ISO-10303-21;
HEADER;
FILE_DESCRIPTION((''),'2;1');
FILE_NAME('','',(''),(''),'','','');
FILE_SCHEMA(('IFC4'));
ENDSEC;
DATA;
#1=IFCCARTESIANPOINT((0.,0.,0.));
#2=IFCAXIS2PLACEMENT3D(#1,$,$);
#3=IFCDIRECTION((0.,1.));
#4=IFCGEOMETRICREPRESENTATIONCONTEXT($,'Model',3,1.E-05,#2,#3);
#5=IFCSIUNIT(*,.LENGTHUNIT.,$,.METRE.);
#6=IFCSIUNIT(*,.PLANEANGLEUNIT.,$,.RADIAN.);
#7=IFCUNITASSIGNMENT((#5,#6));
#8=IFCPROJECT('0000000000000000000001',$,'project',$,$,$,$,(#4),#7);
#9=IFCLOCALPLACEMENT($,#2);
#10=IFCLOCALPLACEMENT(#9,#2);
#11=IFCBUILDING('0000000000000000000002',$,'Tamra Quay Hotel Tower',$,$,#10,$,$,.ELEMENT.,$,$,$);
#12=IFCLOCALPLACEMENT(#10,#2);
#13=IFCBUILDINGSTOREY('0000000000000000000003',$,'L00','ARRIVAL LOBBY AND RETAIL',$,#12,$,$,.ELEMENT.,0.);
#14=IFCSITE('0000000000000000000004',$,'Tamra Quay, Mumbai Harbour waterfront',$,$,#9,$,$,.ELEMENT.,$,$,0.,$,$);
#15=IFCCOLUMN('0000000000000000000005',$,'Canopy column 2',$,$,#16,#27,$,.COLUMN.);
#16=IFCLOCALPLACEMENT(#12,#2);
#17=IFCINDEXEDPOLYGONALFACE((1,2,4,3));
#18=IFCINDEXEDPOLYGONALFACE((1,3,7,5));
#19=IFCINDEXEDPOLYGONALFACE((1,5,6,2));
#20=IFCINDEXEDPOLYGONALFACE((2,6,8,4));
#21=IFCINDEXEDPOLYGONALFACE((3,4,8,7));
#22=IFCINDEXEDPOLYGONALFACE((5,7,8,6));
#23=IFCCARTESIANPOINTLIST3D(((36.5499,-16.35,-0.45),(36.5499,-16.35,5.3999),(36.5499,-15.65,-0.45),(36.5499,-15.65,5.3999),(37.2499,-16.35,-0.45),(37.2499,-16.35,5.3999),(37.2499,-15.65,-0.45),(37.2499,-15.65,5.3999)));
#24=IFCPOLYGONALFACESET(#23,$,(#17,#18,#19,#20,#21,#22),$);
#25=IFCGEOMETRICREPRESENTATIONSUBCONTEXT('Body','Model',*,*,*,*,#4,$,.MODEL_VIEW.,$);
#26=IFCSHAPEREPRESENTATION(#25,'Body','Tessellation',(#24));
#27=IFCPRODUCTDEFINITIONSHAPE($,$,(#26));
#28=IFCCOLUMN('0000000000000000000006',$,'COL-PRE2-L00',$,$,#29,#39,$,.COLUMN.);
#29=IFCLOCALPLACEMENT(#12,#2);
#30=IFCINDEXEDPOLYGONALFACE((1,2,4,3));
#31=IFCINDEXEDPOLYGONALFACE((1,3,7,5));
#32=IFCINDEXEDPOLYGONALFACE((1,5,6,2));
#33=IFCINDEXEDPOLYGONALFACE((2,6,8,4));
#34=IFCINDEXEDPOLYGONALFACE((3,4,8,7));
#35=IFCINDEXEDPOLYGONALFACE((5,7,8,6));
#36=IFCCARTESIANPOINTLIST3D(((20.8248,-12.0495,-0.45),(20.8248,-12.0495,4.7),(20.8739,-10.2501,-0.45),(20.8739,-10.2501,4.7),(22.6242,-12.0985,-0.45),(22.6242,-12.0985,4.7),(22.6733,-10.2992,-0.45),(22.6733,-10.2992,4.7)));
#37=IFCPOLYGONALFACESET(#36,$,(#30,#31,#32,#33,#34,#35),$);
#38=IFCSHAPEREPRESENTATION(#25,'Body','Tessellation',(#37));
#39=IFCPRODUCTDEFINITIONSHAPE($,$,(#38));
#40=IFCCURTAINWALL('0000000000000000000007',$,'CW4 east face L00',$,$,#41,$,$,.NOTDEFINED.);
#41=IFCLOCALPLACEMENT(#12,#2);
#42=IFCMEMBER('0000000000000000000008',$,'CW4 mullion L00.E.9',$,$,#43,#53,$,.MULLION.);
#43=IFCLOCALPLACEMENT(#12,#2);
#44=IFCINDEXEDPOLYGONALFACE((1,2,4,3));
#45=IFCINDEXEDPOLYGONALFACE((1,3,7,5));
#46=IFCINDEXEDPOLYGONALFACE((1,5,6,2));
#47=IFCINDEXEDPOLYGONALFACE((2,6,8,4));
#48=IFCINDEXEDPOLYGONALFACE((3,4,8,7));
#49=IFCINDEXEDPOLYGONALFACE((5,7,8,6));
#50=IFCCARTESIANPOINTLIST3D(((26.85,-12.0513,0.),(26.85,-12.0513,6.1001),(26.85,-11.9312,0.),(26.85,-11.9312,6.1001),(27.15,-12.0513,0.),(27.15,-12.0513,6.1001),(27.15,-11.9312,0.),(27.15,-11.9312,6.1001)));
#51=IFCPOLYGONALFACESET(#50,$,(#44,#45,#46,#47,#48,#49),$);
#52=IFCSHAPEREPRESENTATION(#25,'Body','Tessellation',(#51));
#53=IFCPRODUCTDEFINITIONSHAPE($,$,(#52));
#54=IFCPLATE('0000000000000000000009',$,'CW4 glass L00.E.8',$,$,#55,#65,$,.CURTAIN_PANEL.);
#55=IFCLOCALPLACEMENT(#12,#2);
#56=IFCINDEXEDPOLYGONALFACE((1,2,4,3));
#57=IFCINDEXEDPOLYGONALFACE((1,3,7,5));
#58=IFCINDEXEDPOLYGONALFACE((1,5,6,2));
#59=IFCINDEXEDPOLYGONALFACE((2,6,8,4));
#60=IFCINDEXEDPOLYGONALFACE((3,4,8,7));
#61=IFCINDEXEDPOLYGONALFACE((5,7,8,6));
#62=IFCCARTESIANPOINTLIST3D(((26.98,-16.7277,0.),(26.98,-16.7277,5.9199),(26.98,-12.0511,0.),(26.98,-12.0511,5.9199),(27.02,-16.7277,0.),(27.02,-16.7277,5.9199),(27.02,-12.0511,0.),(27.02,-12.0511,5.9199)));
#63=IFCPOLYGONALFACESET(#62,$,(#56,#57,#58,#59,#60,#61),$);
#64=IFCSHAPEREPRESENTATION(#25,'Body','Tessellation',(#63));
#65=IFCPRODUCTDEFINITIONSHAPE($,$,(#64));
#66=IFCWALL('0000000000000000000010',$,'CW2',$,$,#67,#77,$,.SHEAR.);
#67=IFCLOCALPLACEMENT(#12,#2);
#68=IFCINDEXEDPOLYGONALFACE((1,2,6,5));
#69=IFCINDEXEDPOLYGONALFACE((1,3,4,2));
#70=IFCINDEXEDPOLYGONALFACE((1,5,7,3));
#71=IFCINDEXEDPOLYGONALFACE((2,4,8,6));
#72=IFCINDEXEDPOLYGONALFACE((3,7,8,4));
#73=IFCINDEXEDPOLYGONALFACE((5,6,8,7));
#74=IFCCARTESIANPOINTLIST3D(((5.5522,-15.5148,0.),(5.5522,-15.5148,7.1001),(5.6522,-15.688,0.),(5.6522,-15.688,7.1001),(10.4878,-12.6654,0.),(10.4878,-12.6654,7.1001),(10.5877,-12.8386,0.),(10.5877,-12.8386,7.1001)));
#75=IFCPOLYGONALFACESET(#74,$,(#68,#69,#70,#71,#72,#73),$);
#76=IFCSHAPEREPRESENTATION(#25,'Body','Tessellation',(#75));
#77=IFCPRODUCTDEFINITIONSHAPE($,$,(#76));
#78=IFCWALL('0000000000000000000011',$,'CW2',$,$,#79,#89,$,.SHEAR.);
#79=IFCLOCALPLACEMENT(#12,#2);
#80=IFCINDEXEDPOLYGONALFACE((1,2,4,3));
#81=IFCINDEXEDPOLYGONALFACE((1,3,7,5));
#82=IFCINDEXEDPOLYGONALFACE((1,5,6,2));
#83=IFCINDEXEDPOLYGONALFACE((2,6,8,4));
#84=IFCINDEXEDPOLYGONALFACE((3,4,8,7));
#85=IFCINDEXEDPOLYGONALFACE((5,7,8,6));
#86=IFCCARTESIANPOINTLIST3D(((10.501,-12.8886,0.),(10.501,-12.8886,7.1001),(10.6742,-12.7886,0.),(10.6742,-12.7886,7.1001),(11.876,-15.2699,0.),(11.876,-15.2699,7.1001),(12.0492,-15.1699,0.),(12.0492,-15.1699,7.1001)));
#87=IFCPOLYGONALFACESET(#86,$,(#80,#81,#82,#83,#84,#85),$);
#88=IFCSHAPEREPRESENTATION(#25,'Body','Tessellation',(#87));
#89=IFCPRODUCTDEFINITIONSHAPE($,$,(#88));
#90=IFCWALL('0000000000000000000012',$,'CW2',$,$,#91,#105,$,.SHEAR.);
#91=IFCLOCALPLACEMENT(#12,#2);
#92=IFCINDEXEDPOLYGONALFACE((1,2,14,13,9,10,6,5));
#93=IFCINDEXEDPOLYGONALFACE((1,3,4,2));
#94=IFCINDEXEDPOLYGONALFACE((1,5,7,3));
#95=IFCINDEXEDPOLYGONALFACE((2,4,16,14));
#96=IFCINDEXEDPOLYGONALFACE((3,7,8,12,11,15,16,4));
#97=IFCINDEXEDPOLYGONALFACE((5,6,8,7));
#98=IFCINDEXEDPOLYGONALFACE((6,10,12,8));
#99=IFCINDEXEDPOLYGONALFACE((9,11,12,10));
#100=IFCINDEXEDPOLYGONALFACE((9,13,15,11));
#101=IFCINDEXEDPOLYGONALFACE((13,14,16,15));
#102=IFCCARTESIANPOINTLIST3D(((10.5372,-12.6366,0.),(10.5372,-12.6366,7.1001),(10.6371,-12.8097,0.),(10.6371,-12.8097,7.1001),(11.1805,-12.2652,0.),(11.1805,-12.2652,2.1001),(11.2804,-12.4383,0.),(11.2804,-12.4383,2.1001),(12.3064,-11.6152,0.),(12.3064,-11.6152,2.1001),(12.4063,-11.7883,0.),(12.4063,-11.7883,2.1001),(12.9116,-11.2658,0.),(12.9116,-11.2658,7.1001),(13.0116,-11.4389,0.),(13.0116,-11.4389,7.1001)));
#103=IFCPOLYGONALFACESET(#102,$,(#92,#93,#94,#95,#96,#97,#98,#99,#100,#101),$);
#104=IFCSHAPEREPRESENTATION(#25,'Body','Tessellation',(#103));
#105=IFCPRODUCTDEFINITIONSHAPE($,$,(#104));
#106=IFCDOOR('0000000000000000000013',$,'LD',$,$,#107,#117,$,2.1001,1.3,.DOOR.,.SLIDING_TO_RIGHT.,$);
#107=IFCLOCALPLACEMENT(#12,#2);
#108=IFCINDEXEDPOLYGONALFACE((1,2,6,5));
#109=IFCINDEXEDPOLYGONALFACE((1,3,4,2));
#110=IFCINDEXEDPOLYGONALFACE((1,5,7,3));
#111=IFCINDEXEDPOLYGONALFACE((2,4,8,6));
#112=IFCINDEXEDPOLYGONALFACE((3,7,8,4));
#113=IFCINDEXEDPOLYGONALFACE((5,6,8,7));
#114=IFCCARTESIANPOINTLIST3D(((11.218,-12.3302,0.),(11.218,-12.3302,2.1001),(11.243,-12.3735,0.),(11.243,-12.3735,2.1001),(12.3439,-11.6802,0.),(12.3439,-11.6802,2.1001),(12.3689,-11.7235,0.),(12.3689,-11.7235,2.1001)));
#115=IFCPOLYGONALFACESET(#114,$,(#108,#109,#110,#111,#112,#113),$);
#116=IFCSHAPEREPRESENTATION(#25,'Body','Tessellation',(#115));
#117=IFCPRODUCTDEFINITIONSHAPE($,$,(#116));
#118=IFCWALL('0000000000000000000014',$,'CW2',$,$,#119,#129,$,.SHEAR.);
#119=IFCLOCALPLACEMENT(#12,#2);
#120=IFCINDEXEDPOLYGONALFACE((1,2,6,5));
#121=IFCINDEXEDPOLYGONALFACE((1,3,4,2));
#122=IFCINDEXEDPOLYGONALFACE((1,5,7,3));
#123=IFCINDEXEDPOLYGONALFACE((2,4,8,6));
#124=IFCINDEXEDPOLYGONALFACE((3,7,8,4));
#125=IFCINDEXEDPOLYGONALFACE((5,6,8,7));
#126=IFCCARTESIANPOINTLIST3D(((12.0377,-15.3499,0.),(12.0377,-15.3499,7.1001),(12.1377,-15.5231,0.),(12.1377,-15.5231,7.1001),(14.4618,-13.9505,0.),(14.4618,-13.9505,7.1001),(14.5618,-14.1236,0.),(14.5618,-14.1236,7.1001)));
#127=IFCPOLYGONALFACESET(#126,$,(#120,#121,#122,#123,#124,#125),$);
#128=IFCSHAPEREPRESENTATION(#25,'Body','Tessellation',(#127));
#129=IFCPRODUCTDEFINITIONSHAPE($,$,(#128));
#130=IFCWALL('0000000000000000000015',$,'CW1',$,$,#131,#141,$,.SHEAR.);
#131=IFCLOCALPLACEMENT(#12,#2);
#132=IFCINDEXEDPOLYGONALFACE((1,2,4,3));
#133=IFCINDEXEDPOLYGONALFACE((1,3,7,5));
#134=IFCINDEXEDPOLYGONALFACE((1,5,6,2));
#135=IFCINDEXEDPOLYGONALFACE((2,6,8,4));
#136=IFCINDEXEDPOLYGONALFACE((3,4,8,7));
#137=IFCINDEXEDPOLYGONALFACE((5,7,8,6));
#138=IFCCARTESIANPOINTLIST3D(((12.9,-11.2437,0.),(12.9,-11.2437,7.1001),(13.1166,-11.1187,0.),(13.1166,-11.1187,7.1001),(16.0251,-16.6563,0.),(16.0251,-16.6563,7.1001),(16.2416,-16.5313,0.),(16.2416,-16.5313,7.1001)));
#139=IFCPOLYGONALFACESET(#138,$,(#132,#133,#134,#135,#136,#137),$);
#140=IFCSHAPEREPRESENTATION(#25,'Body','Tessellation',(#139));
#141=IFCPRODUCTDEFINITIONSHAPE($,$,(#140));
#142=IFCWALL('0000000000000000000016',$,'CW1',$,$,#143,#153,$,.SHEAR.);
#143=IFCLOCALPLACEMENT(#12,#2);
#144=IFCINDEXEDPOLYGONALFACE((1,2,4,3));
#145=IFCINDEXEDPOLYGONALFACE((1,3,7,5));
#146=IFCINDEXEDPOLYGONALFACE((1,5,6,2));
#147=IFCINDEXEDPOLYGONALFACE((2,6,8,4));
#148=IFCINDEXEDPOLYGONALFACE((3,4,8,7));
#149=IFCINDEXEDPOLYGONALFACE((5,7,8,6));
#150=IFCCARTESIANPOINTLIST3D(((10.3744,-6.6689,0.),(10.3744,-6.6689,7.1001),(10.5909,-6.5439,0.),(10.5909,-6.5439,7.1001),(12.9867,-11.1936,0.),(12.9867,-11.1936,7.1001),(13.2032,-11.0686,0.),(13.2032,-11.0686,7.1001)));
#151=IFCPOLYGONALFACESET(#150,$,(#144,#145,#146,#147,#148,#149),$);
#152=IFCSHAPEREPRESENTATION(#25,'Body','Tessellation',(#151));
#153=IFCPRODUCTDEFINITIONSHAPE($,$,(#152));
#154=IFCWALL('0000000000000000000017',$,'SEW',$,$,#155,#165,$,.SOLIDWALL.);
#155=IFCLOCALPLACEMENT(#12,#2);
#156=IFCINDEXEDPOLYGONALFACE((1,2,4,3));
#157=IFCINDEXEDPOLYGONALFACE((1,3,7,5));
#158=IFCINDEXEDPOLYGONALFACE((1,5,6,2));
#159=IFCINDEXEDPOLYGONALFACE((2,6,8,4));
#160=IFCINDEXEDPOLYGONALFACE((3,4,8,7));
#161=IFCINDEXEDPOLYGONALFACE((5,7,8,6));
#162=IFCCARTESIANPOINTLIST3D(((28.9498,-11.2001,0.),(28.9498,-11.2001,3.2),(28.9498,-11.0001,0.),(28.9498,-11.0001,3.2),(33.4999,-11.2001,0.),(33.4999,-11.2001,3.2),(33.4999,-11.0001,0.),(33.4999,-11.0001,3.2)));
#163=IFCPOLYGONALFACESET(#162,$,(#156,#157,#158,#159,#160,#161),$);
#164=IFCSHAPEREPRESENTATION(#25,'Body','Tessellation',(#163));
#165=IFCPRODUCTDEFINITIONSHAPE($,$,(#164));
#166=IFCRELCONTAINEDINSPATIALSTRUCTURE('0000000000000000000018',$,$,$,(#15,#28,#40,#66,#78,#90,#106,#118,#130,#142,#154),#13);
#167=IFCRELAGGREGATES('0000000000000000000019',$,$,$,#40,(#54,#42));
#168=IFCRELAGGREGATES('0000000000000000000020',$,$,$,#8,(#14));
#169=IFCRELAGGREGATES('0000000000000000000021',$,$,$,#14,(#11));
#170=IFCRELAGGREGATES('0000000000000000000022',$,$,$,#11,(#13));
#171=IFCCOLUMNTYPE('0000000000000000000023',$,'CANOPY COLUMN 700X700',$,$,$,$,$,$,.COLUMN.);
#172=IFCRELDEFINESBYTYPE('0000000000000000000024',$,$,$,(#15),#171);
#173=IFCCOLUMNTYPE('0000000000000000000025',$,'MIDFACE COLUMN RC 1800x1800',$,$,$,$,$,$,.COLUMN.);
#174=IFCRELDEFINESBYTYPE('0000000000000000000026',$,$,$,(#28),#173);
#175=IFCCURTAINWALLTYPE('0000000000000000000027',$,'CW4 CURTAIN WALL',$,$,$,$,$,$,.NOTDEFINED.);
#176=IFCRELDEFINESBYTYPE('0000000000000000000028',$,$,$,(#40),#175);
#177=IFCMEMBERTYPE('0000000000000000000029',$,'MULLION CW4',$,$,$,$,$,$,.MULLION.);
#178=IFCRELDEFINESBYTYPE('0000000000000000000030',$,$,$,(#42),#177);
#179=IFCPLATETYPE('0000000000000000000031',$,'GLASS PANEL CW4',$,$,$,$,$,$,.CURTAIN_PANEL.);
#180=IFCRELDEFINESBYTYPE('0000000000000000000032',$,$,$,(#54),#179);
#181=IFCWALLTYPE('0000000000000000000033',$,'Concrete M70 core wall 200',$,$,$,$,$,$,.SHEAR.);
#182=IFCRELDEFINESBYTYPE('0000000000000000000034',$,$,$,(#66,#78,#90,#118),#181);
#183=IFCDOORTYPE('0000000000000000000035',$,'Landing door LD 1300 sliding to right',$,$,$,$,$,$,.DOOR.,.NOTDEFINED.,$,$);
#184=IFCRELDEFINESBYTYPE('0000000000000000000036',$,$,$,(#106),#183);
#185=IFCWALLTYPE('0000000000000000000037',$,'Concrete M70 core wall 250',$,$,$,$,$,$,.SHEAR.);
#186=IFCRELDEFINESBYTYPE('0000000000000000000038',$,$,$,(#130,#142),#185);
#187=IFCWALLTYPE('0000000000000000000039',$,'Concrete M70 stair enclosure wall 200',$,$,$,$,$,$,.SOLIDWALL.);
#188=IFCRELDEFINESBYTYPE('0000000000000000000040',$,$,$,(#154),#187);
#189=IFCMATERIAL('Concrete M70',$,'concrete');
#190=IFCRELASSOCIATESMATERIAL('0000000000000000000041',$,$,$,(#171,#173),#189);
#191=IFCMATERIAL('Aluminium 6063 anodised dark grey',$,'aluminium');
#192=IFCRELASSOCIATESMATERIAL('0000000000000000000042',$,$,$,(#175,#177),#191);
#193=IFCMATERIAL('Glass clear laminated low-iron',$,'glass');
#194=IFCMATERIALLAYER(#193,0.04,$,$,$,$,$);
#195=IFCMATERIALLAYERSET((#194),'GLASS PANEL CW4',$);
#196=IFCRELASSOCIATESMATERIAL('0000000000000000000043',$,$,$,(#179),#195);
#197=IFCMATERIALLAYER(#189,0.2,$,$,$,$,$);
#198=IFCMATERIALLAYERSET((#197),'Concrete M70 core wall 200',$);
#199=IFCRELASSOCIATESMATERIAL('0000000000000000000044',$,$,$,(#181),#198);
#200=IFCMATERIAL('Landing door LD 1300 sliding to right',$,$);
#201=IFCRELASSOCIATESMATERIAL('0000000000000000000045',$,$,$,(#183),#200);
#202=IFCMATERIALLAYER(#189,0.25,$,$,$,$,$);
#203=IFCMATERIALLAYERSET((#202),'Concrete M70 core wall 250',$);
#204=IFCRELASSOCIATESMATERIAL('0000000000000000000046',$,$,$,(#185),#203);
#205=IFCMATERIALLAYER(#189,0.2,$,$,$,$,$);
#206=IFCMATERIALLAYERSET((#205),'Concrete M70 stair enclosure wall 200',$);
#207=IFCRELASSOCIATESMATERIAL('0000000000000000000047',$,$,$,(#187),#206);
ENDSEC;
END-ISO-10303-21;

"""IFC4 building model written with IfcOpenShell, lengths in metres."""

from ifc_helpers import new_model, si_unit, direction, frame, frame_2d, origin, origin_2d, place, context, subcontext, project, spatial, rectangle, extrude, material, layer, layer_set, material_profile, profile_set, type_object, element, fill, aggregate, save


model = new_model("IFC4")

# Units and contexts
model_context = context("Model", 3, precision=1e-05, world=origin(), true_north=direction((0.0, 1.0)))
body_context = subcontext(model_context, "Body", "Model", "MODEL_VIEW")
ifc_project = project(units=[si_unit("LENGTHUNIT", "METRE"), si_unit("PLANEANGLEUNIT", "RADIAN")], contexts=[model_context])

# Site, building, storey
site_placement = place(None, origin())
site = spatial("IfcSite", under=ifc_project, at=site_placement, Name="Tamra Quay, Mumbai Harbour waterfront", CompositionType="ELEMENT", RefElevation=0.0)
building_placement = place(site_placement, origin())
building = spatial("IfcBuilding", under=site, at=building_placement, Name="Tamra Quay Hotel Tower", CompositionType="ELEMENT")
storey_placement = place(building_placement, origin())
storey = spatial("IfcBuildingStorey", under=building, at=storey_placement, Name="L00", Description="ARRIVAL LOBBY AND RETAIL", CompositionType="ELEMENT", Elevation=0.0)

# Columns
ifc_material_1 = material(Name="Concrete M70", Category="concrete")
ifc_material_profile_1 = material_profile(ifc_material_1, rectangle(XDim=0.7, YDim=0.7, at=origin_2d()), Name="Concrete M70")
ifc_profile_set_1 = profile_set([ifc_material_profile_1], Name="Concrete M70")
column_type_1 = type_object("IfcColumnType", Name="CANOPY COLUMN 700X700", PredefinedType="COLUMN", material=ifc_profile_set_1)
column_1_placement = place(storey_placement, frame((36.8999, -16.0, -0.45), z_axis=(0.0, 0.0, 1.0), x_axis=(1.0, 0.0, 0.0)))
element("IfcColumn", 1, at=column_1_placement, inside=storey, type_object=column_type_1, Name="Canopy column 2", PredefinedType="COLUMN", context=body_context, shape_type="SweptSolid", body=[
    extrude(rectangle(XDim=0.7, YDim=0.7, at=origin_2d()), origin(), (0.0, 0.0, 1.0), 5.8499),
])
ifc_material_profile_2 = material_profile(ifc_material_1, rectangle(XDim=1.8, YDim=1.8, at=origin_2d()), Name="MIDFACE COLUMN RC 1800x1800")
ifc_profile_set_2 = profile_set([ifc_material_profile_2], Name="Concrete M70")
column_type_2 = type_object("IfcColumnType", Name="MIDFACE COLUMN RC 1800x1800", PredefinedType="COLUMN", material=ifc_profile_set_2)
column_2_placement = place(storey_placement, frame((21.749, -11.1743, -0.45), z_axis=(0.0, 0.0, 1.0), x_axis=(-0.999628, 0.027269, 0.0)))
element("IfcColumn", 2, at=column_2_placement, inside=storey, type_object=column_type_2, Name="COL-PRE2-L00", PredefinedType="COLUMN", context=body_context, shape_type="SweptSolid", body=[
    extrude(rectangle(XDim=1.8, YDim=1.8, at=origin_2d()), origin(), (0.0, 0.0, 1.0), 5.1499),
])

# Curtain wall, member, plate
ifc_material_2 = material(Name="Aluminium 6063 anodised dark grey", Category="aluminium")
curtain_wall_type = type_object("IfcCurtainWallType", Name="CW4 CURTAIN WALL", PredefinedType="NOTDEFINED", material=ifc_material_2)
curtain_wall_placement = place(storey_placement, origin())
curtain_wall = element("IfcCurtainWall", 3, at=curtain_wall_placement, inside=storey, type_object=curtain_wall_type, Name="CW4 east face L00", PredefinedType="NOTDEFINED")
ifc_material_profile_3 = material_profile(ifc_material_2, rectangle(XDim=0.3, YDim=0.1201, at=origin_2d()), Name="MULLION 120X300")
ifc_profile_set_3 = profile_set([ifc_material_profile_3], Name="Aluminium 6063 anodised dark grey")
member_type = type_object("IfcMemberType", Name="MULLION CW4", PredefinedType="MULLION", material=ifc_profile_set_3)
member_placement = place(storey_placement, frame((27.0, -11.9912, 0.0), z_axis=(0.0, 0.0, 1.0), x_axis=(1.0, 0.0, 0.0)))
member = element("IfcMember", 4, at=member_placement, type_object=member_type, Name="CW4 mullion L00.E.9", PredefinedType="MULLION", context=body_context, shape_type="SweptSolid", body=[
    extrude(rectangle(XDim=0.3, YDim=0.1201, at=origin_2d()), origin(), (0.0, 0.0, 1.0), 6.1001),
])
ifc_material_3 = material(Name="Glass clear laminated low-iron", Category="glass")
ifc_layer_1 = layer(ifc_material_3, 0.04)
ifc_layer_set_1 = layer_set([ifc_layer_1], Name="GLASS PANEL CW4")
plate_type = type_object("IfcPlateType", Name="GLASS PANEL CW4", PredefinedType="CURTAIN_PANEL", material=ifc_layer_set_1)
plate_placement = place(storey_placement, frame((27.0, -14.3894, 0.0), z_axis=(0.0, 0.0, 1.0), x_axis=(0.0, 1.0, 0.0)))
plate = element("IfcPlate", 5, at=plate_placement, type_object=plate_type, Name="CW4 glass L00.E.8", PredefinedType="CURTAIN_PANEL", context=body_context, shape_type="SweptSolid", body=[
    extrude(rectangle(XDim=4.6765, YDim=0.04, at=origin_2d()), origin(), (0.0, 0.0, 1.0), 5.9199),
])
aggregate(curtain_wall, [plate, member])

# Walls
ifc_layer_2 = layer(ifc_material_1, 0.2)
ifc_layer_set_2 = layer_set([ifc_layer_2], Name="Concrete M70 core wall 200")
wall_type_1 = type_object("IfcWallType", Name="Concrete M70 core wall 200", PredefinedType="SHEAR", material=ifc_layer_set_2)
wall_1_placement = place(storey_placement, frame((10.5378, -12.752, 0.0), z_axis=(0.0, 0.0, 1.0), x_axis=(-0.866039, -0.499977, 0.0)))
element("IfcWall", 6, at=wall_1_placement, inside=storey, type_object=wall_type_1, Name="CW2", PredefinedType="SHEAR", context=body_context, shape_type="SweptSolid", body=[
    extrude(rectangle(XDim=5.699, YDim=0.2, at=frame_2d((2.8496, 0.0))), origin(), (0.0, 0.0, 1.0), 7.1001),
])
wall_2_placement = place(storey_placement, frame((11.9626, -15.22, 0.0), z_axis=(0.0, 0.0, 1.0), x_axis=(-0.500035, 0.866005, 0.0)))
element("IfcWall", 7, at=wall_2_placement, inside=storey, type_object=wall_type_1, Name="CW2", PredefinedType="SHEAR", context=body_context, shape_type="SweptSolid", body=[
    extrude(rectangle(XDim=2.7498, YDim=0.2, at=frame_2d((1.375, 0.0))), origin(), (0.0, 0.0, 1.0), 7.1001),
])

# Wall, opening, door
wall_3_placement = place(storey_placement, frame((10.5872, -12.7231, 0.0), z_axis=(0.0, 0.0, 1.0), x_axis=(0.866037, 0.499979, 0.0)))
wall_3 = element("IfcWall", 8, at=wall_3_placement, inside=storey, type_object=wall_type_1, Name="CW2", PredefinedType="SHEAR", context=body_context, shape_type="SweptSolid", body=[
    extrude(rectangle(XDim=2.7417, YDim=0.2, at=frame_2d((1.3708, 0.0))), origin(), (0.0, 0.0, 1.0), 7.1001),
])
opening_1_placement = place(wall_3_placement, frame((0.7429, 0.0, 0.0)))
opening_1 = element("IfcOpeningElement", 9, at=opening_1_placement, cuts=wall_3, PredefinedType="OPENING", context=body_context, shape_type="SweptSolid", body=[
    extrude(rectangle(XDim=1.3, YDim=2.1001, at=frame_2d((0.6499, 1.05))), frame((0.0, 0.1099, 0.0), z_axis=(0.0, -1.0, 0.0), x_axis=(1.0, 0.0, 0.0)), (0.0, 0.0, 1.0), 0.22),
])
ifc_material_4 = material(Name="Landing door LD 1300 sliding to right")
door_type_1 = type_object("IfcDoorType", Name="Landing door LD 1300 sliding to right", OperationType="NOTDEFINED", PredefinedType="DOOR", material=ifc_material_4)
door_1_placement = place(opening_1_placement, origin())
door_1 = element("IfcDoor", 10, at=door_1_placement, inside=storey, type_object=door_type_1, Name="LD", OperationType="SLIDING_TO_RIGHT", OverallHeight=2.1001, OverallWidth=1.3, PredefinedType="DOOR", context=body_context, shape_type="SweptSolid", body=[
    extrude(rectangle(XDim=1.3, YDim=2.1001, at=frame_2d((0.6499, 1.05))), frame((0.0, 0.0249, 0.0), z_axis=(0.0, -1.0, 0.0), x_axis=(1.0, 0.0, 0.0)), (0.0, 0.0, 1.0), 0.05),
])
fill(opening_1, door_1)

# Walls
wall_4_placement = place(storey_placement, frame((14.5117, -14.0371, 0.0), z_axis=(0.0, 0.0, 1.0), x_axis=(-0.866045, -0.499967, 0.0)))
element("IfcWall", 11, at=wall_4_placement, inside=storey, type_object=wall_type_1, Name="CW2", PredefinedType="SHEAR", context=body_context, shape_type="SweptSolid", body=[
    extrude(rectangle(XDim=2.7991, YDim=0.2, at=frame_2d((1.3994, 0.0))), origin(), (0.0, 0.0, 1.0), 7.1001),
])
ifc_layer_3 = layer(ifc_material_1, 0.25)
ifc_layer_set_3 = layer_set([ifc_layer_3], Name="Concrete M70 core wall 250")
wall_type_2 = type_object("IfcWallType", Name="Concrete M70 core wall 250", PredefinedType="SHEAR", material=ifc_layer_set_3)
wall_5_placement = place(storey_placement, frame((13.0083, -11.1812, 0.0), z_axis=(0.0, 0.0, 1.0), x_axis=(0.500004, -0.866023, 0.0)))
element("IfcWall", 12, at=wall_5_placement, inside=storey, type_object=wall_type_2, Name="CW1", PredefinedType="SHEAR", context=body_context, shape_type="SweptSolid", body=[
    extrude(rectangle(XDim=6.25, YDim=0.25, at=frame_2d((3.125, 0.0))), origin(), (0.0, 0.0, 1.0), 7.1001),
])
wall_6_placement = place(storey_placement, frame((10.4827, -6.6064, 0.0), z_axis=(0.0, 0.0, 1.0), x_axis=(0.499999, -0.866026, 0.0)))
element("IfcWall", 13, at=wall_6_placement, inside=storey, type_object=wall_type_2, Name="CW1", PredefinedType="SHEAR", context=body_context, shape_type="SweptSolid", body=[
    extrude(rectangle(XDim=5.2246, YDim=0.25, at=frame_2d((2.6123, 0.0))), origin(), (0.0, 0.0, 1.0), 7.1001),
])
ifc_layer_4 = layer(ifc_material_1, 0.2)
ifc_layer_set_4 = layer_set([ifc_layer_4], Name="Concrete M70 stair enclosure wall 200")
wall_type_3 = type_object("IfcWallType", Name="Concrete M70 stair enclosure wall 200", PredefinedType="SOLIDWALL", material=ifc_layer_set_4)
wall_7_placement = place(storey_placement, frame((28.95, -11.1001, 0.0), z_axis=(0.0, 0.0, 1.0), x_axis=(1.0, 0.0, 0.0)))
element("IfcWall", 14, at=wall_7_placement, inside=storey, type_object=wall_type_3, Name="SEW", PredefinedType="SOLIDWALL", context=body_context, shape_type="SweptSolid", body=[
    extrude(rectangle(XDim=4.55, YDim=0.2, at=frame_2d((2.2749, 0.0))), origin(), (0.0, 0.0, 1.0), 3.2),
])

save(model, "model.ifc")
